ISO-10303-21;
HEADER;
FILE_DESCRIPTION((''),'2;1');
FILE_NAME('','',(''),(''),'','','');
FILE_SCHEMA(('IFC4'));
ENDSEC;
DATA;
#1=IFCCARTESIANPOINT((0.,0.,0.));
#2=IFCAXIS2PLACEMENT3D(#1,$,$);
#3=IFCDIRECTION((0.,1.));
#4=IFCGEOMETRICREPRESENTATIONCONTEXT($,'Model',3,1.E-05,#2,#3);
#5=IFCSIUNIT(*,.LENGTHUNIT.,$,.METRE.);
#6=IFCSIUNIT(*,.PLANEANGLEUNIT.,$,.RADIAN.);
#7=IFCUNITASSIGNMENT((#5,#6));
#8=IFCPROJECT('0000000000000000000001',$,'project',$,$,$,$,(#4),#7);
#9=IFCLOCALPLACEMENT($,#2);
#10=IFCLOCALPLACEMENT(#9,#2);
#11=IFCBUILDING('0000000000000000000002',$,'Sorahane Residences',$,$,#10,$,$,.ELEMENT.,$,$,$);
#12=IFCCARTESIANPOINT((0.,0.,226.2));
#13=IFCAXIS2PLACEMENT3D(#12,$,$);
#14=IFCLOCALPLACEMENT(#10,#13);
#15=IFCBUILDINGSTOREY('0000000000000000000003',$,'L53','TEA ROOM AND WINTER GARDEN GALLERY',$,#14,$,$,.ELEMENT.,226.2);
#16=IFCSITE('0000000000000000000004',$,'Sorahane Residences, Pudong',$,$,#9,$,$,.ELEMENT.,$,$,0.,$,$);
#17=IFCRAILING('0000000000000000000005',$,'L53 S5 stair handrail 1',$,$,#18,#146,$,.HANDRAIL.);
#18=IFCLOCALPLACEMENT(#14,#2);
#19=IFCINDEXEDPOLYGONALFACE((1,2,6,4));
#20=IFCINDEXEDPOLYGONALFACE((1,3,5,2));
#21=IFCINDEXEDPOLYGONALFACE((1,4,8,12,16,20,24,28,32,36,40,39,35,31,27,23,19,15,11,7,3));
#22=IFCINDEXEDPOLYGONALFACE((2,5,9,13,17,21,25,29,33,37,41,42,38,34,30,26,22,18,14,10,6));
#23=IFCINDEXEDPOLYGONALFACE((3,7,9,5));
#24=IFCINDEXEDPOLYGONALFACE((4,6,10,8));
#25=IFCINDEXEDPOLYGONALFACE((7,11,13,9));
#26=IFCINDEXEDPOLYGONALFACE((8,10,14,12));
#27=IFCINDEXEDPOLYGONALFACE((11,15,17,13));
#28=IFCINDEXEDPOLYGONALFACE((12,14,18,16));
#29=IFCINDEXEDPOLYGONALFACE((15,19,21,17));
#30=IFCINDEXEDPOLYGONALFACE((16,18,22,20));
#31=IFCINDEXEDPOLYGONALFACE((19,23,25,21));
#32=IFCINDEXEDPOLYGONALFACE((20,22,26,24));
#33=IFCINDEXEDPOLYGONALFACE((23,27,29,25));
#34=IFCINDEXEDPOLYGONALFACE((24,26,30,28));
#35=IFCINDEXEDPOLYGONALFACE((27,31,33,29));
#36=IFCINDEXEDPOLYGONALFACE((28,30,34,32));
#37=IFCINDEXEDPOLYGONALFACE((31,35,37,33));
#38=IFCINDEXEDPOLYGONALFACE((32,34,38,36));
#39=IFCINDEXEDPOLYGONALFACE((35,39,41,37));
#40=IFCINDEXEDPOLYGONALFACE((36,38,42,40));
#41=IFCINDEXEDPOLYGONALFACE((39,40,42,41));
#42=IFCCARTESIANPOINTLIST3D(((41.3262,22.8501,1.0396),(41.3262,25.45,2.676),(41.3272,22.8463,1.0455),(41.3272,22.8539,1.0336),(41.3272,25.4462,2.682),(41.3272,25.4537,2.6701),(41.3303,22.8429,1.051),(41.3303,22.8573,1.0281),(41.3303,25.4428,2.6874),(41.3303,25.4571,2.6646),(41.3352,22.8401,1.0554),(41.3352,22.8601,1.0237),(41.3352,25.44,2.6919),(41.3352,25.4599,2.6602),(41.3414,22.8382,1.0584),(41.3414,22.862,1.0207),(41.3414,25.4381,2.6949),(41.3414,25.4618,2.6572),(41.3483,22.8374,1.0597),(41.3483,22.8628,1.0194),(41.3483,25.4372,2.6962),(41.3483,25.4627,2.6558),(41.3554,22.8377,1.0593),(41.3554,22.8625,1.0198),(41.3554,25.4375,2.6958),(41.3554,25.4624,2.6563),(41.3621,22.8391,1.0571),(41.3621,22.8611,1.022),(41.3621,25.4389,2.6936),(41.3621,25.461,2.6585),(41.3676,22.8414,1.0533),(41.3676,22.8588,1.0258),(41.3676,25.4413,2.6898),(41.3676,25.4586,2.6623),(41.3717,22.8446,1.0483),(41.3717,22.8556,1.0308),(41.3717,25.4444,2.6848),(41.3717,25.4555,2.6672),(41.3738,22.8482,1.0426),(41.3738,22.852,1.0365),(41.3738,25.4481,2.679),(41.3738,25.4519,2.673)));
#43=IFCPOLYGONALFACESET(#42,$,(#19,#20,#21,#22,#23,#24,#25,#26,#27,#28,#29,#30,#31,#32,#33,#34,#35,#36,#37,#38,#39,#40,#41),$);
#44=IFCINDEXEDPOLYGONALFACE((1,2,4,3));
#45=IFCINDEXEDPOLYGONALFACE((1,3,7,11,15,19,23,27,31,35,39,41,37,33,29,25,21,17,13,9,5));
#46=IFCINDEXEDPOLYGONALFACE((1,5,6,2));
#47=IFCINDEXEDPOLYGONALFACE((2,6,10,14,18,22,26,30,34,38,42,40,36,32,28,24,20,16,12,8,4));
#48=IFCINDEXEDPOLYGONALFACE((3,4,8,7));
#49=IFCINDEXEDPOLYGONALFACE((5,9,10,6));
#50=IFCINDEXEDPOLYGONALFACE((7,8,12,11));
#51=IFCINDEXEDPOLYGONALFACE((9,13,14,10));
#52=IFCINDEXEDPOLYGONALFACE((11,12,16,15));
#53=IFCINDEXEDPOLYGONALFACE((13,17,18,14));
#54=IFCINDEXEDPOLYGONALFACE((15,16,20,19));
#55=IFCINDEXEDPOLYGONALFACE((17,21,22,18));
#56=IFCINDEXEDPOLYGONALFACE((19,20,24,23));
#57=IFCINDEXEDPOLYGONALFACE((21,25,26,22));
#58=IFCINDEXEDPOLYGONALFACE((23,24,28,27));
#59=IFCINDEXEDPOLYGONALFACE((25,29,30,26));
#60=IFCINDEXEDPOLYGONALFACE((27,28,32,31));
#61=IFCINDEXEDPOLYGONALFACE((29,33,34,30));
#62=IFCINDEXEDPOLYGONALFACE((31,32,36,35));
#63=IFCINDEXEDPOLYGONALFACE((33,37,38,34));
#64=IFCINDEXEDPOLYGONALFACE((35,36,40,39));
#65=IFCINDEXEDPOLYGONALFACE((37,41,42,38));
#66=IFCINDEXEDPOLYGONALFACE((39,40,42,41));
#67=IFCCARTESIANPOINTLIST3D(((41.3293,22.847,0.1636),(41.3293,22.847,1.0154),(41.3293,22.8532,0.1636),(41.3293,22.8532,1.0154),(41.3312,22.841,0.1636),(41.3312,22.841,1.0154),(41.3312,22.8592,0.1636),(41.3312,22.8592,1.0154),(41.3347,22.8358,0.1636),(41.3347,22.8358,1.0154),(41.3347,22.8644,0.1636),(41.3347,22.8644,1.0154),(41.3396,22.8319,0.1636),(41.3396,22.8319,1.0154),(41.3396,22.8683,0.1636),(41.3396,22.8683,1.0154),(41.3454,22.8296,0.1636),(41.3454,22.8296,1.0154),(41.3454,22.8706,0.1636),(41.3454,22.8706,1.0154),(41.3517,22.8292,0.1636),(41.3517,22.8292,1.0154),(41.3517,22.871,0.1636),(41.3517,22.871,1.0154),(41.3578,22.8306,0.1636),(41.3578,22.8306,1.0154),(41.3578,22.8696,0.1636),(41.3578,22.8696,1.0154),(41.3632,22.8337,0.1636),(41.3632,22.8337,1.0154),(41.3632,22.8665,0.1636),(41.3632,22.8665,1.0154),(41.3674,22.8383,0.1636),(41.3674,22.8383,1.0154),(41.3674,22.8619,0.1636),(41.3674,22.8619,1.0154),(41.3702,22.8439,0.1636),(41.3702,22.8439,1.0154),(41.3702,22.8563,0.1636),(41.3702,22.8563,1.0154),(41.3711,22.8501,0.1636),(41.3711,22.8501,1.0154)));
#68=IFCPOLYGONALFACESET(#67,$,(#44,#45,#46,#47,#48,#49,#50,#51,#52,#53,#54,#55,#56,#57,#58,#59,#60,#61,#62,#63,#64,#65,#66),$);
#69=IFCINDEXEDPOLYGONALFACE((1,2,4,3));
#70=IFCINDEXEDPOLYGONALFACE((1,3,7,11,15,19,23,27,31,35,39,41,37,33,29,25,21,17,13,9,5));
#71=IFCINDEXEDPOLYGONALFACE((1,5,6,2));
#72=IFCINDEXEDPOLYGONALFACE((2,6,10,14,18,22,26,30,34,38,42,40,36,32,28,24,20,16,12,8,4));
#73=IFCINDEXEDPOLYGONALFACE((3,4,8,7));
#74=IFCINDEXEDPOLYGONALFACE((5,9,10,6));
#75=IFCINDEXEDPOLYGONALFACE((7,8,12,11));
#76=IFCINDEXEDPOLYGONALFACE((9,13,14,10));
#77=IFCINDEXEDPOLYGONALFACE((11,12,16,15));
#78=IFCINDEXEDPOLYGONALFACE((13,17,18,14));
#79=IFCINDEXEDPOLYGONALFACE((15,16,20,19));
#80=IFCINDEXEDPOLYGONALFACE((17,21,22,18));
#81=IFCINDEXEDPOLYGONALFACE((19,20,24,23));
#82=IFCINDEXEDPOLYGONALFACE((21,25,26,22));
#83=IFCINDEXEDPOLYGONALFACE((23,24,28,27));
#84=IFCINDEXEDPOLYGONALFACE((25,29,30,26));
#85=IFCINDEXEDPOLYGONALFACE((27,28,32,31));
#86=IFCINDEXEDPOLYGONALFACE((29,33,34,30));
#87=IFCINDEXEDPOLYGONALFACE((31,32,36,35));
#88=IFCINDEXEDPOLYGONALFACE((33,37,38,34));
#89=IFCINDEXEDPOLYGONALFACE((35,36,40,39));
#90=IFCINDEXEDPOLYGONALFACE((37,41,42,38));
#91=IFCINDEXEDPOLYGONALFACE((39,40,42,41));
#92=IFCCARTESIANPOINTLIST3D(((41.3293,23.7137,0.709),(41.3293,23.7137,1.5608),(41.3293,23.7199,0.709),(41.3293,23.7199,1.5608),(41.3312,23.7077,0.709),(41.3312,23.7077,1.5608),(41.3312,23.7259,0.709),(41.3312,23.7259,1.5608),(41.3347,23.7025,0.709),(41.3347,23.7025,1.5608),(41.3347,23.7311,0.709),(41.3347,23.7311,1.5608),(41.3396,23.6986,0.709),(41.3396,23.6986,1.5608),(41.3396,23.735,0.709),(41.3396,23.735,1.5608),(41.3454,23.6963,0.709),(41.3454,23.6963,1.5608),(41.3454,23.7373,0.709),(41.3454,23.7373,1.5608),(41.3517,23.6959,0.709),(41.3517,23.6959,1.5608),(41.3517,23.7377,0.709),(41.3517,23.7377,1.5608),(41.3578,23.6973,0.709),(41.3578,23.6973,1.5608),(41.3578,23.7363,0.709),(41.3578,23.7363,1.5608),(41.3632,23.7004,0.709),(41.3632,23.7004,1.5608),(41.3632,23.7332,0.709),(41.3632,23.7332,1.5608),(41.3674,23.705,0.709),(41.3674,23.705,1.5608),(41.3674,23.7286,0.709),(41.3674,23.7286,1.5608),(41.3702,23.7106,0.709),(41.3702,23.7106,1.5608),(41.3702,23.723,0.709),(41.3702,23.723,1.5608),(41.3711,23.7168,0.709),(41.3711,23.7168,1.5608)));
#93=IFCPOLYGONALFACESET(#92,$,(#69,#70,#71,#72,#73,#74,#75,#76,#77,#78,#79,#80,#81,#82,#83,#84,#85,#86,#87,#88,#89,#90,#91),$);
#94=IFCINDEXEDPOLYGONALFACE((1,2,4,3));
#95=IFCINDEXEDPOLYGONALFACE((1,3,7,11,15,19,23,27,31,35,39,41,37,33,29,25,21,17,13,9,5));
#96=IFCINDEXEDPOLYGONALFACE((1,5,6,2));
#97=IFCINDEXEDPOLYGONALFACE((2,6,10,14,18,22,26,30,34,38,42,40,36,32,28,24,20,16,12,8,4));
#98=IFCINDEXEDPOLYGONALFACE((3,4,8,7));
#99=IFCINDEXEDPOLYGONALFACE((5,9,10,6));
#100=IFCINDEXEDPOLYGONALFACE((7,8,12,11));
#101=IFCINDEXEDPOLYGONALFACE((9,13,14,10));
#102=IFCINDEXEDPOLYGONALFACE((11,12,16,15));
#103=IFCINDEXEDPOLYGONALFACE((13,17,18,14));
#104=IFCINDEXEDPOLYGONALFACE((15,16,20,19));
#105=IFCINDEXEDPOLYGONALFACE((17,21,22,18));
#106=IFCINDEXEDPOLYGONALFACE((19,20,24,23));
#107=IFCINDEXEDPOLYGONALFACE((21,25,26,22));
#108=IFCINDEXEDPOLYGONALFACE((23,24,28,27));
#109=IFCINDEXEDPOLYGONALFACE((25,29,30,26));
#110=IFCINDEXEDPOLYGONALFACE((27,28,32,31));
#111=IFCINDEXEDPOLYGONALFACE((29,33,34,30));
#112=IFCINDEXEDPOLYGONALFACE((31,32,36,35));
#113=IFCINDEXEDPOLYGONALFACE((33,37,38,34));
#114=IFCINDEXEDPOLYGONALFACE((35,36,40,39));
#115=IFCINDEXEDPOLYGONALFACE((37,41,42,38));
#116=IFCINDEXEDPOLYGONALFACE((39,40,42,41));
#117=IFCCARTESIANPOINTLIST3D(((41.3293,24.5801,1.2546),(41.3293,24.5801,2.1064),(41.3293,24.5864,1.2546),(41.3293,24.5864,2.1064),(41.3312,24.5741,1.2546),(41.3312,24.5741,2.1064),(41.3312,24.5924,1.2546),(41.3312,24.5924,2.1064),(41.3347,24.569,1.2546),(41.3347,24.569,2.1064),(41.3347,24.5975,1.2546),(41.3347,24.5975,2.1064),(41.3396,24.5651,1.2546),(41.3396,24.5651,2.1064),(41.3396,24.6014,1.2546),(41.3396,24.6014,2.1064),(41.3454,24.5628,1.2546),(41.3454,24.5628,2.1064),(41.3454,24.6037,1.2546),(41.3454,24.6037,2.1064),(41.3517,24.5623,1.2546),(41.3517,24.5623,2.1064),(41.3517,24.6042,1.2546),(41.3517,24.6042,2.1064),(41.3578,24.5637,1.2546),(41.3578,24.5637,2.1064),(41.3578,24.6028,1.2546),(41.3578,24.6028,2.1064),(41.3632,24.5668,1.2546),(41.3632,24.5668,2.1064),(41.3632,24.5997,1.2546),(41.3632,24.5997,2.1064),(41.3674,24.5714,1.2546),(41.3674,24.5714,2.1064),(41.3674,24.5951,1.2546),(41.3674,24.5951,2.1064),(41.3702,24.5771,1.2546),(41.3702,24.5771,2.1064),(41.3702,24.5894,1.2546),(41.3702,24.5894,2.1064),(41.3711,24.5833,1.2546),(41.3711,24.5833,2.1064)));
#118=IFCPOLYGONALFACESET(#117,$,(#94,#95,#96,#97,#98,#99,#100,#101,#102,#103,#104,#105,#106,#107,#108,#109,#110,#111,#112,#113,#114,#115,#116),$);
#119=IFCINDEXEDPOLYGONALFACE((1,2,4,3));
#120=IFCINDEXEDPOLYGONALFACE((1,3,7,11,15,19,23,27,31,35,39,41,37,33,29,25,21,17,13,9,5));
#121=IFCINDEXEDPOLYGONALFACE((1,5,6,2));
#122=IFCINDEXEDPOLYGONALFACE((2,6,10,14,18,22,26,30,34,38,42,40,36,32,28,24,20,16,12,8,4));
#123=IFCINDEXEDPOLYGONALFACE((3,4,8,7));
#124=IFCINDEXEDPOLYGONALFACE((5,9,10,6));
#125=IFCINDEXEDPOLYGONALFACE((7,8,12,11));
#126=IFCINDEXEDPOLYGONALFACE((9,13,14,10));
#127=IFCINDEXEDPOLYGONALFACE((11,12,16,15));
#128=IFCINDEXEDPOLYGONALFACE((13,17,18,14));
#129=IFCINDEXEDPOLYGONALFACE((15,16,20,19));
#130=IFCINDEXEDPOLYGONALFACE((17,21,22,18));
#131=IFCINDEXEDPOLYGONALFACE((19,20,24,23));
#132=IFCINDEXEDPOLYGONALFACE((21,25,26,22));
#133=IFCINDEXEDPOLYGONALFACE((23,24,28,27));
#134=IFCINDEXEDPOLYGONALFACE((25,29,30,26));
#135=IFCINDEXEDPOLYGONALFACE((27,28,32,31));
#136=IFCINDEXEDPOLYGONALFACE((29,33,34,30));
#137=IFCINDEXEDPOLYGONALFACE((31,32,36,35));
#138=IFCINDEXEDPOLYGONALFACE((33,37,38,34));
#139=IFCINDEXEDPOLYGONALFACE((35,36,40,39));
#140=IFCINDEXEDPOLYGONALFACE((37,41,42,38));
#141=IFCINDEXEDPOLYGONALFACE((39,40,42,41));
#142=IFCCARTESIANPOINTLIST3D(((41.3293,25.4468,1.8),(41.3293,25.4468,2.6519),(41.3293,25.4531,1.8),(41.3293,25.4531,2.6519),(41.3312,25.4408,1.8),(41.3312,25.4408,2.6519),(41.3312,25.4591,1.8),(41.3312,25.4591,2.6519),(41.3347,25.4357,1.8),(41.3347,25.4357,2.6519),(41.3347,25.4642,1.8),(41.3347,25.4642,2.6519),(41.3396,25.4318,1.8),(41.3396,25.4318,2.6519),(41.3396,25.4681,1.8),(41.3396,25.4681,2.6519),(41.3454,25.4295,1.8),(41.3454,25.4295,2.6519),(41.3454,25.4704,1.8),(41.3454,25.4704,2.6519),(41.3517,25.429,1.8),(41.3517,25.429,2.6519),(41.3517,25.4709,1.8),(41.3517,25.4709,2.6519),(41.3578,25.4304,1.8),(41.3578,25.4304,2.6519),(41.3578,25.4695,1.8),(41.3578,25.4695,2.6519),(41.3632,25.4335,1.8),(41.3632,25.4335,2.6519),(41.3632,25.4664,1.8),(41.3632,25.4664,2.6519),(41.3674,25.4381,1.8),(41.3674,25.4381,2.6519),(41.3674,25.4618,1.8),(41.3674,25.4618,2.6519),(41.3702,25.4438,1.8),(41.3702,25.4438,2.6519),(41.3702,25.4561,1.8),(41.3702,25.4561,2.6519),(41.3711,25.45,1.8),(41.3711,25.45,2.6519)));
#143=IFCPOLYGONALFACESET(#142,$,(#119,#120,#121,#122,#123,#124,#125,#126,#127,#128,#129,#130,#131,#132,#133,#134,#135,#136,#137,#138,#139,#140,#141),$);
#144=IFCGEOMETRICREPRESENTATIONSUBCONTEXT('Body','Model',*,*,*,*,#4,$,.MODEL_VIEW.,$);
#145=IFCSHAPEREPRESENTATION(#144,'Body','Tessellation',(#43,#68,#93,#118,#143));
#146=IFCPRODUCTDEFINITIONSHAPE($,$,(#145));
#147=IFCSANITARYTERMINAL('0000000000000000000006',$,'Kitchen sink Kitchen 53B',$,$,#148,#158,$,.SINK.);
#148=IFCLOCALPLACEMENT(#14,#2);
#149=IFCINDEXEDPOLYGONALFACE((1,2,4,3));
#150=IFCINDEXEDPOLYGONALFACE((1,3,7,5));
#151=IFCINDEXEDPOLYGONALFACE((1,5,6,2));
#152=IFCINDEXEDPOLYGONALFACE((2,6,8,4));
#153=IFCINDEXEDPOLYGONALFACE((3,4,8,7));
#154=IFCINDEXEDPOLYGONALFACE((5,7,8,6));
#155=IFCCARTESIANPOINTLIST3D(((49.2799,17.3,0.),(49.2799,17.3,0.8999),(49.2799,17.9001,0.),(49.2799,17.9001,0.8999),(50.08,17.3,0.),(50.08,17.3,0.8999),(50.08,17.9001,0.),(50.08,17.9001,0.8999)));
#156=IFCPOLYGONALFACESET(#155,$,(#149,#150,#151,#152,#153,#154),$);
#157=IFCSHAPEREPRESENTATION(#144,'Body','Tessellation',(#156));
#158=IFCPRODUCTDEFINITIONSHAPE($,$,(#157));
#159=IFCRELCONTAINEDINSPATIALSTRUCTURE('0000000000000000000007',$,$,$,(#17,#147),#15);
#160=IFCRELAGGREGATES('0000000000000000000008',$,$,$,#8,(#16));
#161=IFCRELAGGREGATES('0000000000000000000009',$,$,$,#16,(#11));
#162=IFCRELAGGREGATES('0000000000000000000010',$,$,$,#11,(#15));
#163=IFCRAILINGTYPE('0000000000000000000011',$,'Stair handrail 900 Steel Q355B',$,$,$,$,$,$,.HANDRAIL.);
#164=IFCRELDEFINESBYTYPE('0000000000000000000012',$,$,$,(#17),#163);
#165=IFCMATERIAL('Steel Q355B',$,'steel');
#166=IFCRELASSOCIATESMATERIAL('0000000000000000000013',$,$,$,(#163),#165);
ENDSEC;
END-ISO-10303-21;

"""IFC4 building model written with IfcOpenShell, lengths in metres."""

from ifc_helpers import new_model, si_unit, direction, frame, origin, origin_2d, place, context, subcontext, project, spatial, rectangle, circle, extrude, material, type_object, element, save


model = new_model("IFC4")

# Units and contexts
model_context = context("Model", 3, precision=1e-05, world=origin(), true_north=direction((0.0, 1.0)))
body_context = subcontext(model_context, "Body", "Model", "MODEL_VIEW")
ifc_project = project(units=[si_unit("LENGTHUNIT", "METRE"), si_unit("PLANEANGLEUNIT", "RADIAN")], contexts=[model_context])

# Site, building, storey
site_placement = place(None, origin())
site = spatial("IfcSite", under=ifc_project, at=site_placement, Name="Sorahane Residences, Pudong", CompositionType="ELEMENT", RefElevation=0.0)
building_placement = place(site_placement, origin())
building = spatial("IfcBuilding", under=site, at=building_placement, Name="Sorahane Residences", CompositionType="ELEMENT")
storey_placement = place(building_placement, frame((0.0, 0.0, 226.2)))
storey = spatial("IfcBuildingStorey", under=building, at=storey_placement, Name="L53", Description="TEA ROOM AND WINTER GARDEN GALLERY", CompositionType="ELEMENT", Elevation=226.2)

# Railing
ifc_material_1 = material(Name="Steel Q355B", Category="steel")
railing_type_1 = type_object("IfcRailingType", Name="Stair handrail 900 Steel Q355B", PredefinedType="HANDRAIL", material=ifc_material_1)
railing_1_placement = place(storey_placement, frame((41.3501, 22.8501, 0.1636)))
element("IfcRailing", 1, at=railing_1_placement, inside=storey, type_object=railing_type_1, Name="L53 S5 stair handrail 1", PredefinedType="HANDRAIL", context=body_context, shape_type="SweptSolid", body=[
    extrude(circle(Radius=0.0239, at=origin_2d()), frame((0.0, 0.0, 0.876), z_axis=(0.0, 0.846302, 0.532704), x_axis=(-1.0, 0.0, 0.0)), (0.0, 0.0, 1.0), 3.072),
    extrude(circle(Radius=0.021, at=origin_2d()), origin(), (0.0, 0.0, 1.0), 0.8518),
    extrude(circle(Radius=0.021, at=origin_2d()), frame((0.0, 0.8667, 0.5454)), (0.0, 0.0, 1.0), 0.8518),
    extrude(circle(Radius=0.021, at=origin_2d()), frame((0.0, 1.7332, 1.0911)), (0.0, 0.0, 1.0), 0.8518),
    extrude(circle(Radius=0.021, at=origin_2d()), frame((0.0, 2.5999, 1.6365)), (0.0, 0.0, 1.0), 0.8518),
])

# Sanitary terminal
sanitary_terminal_placement = place(storey_placement, frame((49.6799, 17.6001, 0.0), z_axis=(0.0, 0.0, 1.0), x_axis=(1.0, 0.0, 0.0)))
element("IfcSanitaryTerminal", 2, at=sanitary_terminal_placement, inside=storey, Name="Kitchen sink Kitchen 53B", PredefinedType="SINK", context=body_context, shape_type="SweptSolid", body=[
    extrude(rectangle(XDim=0.8, YDim=0.6001, at=origin_2d()), origin(), (0.0, 0.0, 1.0), 0.8999),
])

save(model, "model.ifc")
